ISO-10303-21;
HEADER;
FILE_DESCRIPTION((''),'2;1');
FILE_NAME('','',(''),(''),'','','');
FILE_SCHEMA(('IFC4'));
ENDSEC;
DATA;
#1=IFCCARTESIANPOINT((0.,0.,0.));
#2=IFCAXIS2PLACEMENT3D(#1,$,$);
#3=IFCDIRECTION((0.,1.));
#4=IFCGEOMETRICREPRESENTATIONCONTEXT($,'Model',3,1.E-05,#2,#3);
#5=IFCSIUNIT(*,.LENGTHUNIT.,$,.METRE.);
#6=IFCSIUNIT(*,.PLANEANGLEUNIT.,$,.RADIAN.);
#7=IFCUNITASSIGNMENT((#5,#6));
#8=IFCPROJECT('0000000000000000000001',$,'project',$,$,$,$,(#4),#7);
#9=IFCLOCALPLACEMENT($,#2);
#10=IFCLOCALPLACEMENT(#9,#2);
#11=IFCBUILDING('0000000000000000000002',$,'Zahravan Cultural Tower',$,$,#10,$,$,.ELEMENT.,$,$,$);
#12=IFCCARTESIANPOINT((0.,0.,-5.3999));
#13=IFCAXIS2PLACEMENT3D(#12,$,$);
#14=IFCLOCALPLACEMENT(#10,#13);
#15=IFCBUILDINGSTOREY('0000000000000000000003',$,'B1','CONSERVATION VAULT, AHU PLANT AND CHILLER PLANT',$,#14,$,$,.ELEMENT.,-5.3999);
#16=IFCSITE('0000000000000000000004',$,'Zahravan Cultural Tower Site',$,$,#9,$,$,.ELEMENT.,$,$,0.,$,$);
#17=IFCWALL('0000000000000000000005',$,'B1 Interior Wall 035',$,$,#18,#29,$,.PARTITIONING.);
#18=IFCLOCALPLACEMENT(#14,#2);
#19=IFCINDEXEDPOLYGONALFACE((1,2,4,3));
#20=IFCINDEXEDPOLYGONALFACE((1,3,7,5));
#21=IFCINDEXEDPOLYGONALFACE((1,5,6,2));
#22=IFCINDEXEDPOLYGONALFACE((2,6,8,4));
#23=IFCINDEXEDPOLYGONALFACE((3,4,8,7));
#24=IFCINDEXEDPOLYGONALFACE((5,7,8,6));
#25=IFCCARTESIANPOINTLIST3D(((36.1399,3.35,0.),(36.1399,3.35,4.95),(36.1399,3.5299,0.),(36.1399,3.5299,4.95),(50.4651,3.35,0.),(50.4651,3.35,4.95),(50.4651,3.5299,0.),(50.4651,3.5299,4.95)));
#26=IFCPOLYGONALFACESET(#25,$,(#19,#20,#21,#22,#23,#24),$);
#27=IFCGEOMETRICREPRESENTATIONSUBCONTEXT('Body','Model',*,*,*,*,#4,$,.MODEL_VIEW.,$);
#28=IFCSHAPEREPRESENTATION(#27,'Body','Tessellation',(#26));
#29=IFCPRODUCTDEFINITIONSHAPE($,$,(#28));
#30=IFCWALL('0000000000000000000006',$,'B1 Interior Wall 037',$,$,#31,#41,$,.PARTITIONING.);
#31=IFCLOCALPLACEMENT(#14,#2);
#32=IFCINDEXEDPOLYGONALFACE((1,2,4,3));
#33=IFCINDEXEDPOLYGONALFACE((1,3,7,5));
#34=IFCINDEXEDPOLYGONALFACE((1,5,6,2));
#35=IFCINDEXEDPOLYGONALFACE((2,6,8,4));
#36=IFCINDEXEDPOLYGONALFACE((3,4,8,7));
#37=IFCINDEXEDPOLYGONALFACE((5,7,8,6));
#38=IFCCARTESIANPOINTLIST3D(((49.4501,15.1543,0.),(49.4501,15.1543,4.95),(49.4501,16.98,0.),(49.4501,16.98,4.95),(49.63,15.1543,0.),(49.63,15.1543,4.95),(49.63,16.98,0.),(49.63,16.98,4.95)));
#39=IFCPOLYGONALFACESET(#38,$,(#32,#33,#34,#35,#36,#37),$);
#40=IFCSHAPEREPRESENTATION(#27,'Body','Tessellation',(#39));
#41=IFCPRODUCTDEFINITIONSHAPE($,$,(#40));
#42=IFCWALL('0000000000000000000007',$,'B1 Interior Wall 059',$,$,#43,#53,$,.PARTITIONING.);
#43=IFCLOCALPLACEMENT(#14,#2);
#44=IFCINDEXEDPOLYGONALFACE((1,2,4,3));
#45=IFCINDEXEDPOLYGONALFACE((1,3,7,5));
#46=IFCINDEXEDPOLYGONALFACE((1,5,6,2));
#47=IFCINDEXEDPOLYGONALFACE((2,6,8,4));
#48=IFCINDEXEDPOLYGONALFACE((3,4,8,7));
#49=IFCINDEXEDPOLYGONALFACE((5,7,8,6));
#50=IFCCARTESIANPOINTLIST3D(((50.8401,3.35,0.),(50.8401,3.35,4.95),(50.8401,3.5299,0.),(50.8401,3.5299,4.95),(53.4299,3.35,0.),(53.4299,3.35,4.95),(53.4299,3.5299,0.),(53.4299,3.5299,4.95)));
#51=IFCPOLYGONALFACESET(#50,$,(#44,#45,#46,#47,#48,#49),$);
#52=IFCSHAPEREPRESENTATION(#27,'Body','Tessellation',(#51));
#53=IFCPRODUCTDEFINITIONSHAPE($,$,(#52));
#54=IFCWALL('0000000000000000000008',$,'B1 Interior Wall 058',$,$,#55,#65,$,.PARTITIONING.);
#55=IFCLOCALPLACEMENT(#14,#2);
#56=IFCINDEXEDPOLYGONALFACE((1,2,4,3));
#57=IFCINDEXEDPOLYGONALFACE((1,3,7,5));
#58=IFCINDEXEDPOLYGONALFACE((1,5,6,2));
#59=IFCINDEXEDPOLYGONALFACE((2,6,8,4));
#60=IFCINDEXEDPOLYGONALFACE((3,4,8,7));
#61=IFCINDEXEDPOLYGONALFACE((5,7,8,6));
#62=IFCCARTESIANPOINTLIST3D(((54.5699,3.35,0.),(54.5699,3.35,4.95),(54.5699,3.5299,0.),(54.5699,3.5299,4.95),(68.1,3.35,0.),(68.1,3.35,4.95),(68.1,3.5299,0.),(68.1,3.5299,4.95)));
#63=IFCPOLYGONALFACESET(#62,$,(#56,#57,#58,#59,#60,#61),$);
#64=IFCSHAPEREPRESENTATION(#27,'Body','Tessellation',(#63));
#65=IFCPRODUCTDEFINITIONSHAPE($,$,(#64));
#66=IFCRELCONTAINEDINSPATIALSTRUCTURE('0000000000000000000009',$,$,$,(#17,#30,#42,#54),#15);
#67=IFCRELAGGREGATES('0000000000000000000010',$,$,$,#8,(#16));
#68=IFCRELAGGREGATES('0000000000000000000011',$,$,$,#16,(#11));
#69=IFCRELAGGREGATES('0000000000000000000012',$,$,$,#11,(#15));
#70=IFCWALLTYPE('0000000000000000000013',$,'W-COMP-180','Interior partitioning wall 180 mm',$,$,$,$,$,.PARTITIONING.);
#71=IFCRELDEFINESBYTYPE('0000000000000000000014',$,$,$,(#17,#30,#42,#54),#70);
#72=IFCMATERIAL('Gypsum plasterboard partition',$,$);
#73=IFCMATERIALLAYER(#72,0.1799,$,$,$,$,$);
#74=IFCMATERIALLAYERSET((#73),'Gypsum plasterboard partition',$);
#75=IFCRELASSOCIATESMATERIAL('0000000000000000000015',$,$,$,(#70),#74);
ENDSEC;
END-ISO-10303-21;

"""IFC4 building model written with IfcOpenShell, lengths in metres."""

from ifc_helpers import new_model, si_unit, direction, frame, frame_2d, origin, place, context, subcontext, project, spatial, rectangle, extrude, source, transform, mapped, material, layer, layer_set, type_object, element, save


model = new_model("IFC4")

# Units and contexts
model_context = context("Model", 3, precision=1e-05, world=origin(), true_north=direction((0.0, 1.0)))
body_context = subcontext(model_context, "Body", "Model", "MODEL_VIEW")
ifc_project = project(units=[si_unit("LENGTHUNIT", "METRE"), si_unit("PLANEANGLEUNIT", "RADIAN")], contexts=[model_context])

# Site, building, storey
site_placement = place(None, origin())
site = spatial("IfcSite", under=ifc_project, at=site_placement, Name="Zahravan Cultural Tower Site", CompositionType="ELEMENT", RefElevation=0.0)
building_placement = place(site_placement, origin())
building = spatial("IfcBuilding", under=site, at=building_placement, Name="Zahravan Cultural Tower", CompositionType="ELEMENT")
storey_placement = place(building_placement, frame((0.0, 0.0, -5.3999)))
storey = spatial("IfcBuildingStorey", under=building, at=storey_placement, Name="B1", Description="CONSERVATION VAULT, AHU PLANT AND CHILLER PLANT", CompositionType="ELEMENT", Elevation=-5.3999)

# Walls
ifc_material_1 = material(Name="Gypsum plasterboard partition")
ifc_layer_1 = layer(ifc_material_1, 0.1799)
ifc_layer_set_1 = layer_set([ifc_layer_1], Name="Gypsum plasterboard partition")
wall_type_1 = type_object("IfcWallType", Name="W-COMP-180", Description="Interior partitioning wall 180 mm", PredefinedType="PARTITIONING", material=ifc_layer_set_1)
shared_shape_1 = source(origin(), body_context, "Body", "SweptSolid", [
    extrude(rectangle(XDim=14.3252, YDim=0.1799, at=frame_2d((7.1626, 0.0))), origin(), (0.0, 0.0, 1.0), 4.95),
])
wall_1_placement = place(storey_placement, frame((50.4651, 3.4399, 0.0), z_axis=(0.0, 0.0, 1.0), x_axis=(-1.0, 0.0, 0.0)))
element("IfcWall", 1, at=wall_1_placement, inside=storey, type_object=wall_type_1, Name="B1 Interior Wall 035", PredefinedType="PARTITIONING", context=body_context, shape_type="MappedRepresentation", body=[
    mapped(shared_shape_1, transform((0.0, 0.0, 0.0), x_axis=(1.0, 0.0, 0.0), y_axis=(0.0, 1.0, 0.0), z_axis=(0.0, 0.0, 1.0), scale=1.0)),
])
shared_shape_2 = source(origin(), body_context, "Body", "SweptSolid", [
    extrude(rectangle(XDim=1.8257, YDim=0.1799, at=frame_2d((0.9128, 0.0))), origin(), (0.0, 0.0, 1.0), 4.95),
])
wall_2_placement = place(storey_placement, frame((49.54, 15.1543, 0.0), z_axis=(0.0, 0.0, 1.0), x_axis=(0.0, 1.0, 0.0)))
element("IfcWall", 2, at=wall_2_placement, inside=storey, type_object=wall_type_1, Name="B1 Interior Wall 037", PredefinedType="PARTITIONING", context=body_context, shape_type="MappedRepresentation", body=[
    mapped(shared_shape_2, transform((0.0, 0.0, 0.0), x_axis=(1.0, 0.0, 0.0), y_axis=(0.0, 1.0, 0.0), z_axis=(0.0, 0.0, 1.0), scale=1.0)),
])
shared_shape_3 = source(origin(), body_context, "Body", "SweptSolid", [
    extrude(rectangle(XDim=2.5898, YDim=0.1799, at=frame_2d((1.2949, 0.0))), origin(), (0.0, 0.0, 1.0), 4.95),
])
wall_3_placement = place(storey_placement, frame((53.4299, 3.4399, 0.0), z_axis=(0.0, 0.0, 1.0), x_axis=(-1.0, 0.0, 0.0)))
element("IfcWall", 3, at=wall_3_placement, inside=storey, type_object=wall_type_1, Name="B1 Interior Wall 059", PredefinedType="PARTITIONING", context=body_context, shape_type="MappedRepresentation", body=[
    mapped(shared_shape_3, transform((0.0, 0.0, 0.0), x_axis=(1.0, 0.0, 0.0), y_axis=(0.0, 1.0, 0.0), z_axis=(0.0, 0.0, 1.0), scale=1.0)),
])
shared_shape_4 = source(origin(), body_context, "Body", "SweptSolid", [
    extrude(rectangle(XDim=13.53, YDim=0.1799, at=frame_2d((6.7651, 0.0))), origin(), (0.0, 0.0, 1.0), 4.95),
])
wall_4_placement = place(storey_placement, frame((68.1001, 3.4399, 0.0), z_axis=(0.0, 0.0, 1.0), x_axis=(-1.0, 0.0, 0.0)))
element("IfcWall", 4, at=wall_4_placement, inside=storey, type_object=wall_type_1, Name="B1 Interior Wall 058", PredefinedType="PARTITIONING", context=body_context, shape_type="MappedRepresentation", body=[
    mapped(shared_shape_4, transform((0.0, 0.0, 0.0), x_axis=(1.0, 0.0, 0.0), y_axis=(0.0, 1.0, 0.0), z_axis=(0.0, 0.0, 1.0), scale=1.0)),
])

save(model, "model.ifc")
